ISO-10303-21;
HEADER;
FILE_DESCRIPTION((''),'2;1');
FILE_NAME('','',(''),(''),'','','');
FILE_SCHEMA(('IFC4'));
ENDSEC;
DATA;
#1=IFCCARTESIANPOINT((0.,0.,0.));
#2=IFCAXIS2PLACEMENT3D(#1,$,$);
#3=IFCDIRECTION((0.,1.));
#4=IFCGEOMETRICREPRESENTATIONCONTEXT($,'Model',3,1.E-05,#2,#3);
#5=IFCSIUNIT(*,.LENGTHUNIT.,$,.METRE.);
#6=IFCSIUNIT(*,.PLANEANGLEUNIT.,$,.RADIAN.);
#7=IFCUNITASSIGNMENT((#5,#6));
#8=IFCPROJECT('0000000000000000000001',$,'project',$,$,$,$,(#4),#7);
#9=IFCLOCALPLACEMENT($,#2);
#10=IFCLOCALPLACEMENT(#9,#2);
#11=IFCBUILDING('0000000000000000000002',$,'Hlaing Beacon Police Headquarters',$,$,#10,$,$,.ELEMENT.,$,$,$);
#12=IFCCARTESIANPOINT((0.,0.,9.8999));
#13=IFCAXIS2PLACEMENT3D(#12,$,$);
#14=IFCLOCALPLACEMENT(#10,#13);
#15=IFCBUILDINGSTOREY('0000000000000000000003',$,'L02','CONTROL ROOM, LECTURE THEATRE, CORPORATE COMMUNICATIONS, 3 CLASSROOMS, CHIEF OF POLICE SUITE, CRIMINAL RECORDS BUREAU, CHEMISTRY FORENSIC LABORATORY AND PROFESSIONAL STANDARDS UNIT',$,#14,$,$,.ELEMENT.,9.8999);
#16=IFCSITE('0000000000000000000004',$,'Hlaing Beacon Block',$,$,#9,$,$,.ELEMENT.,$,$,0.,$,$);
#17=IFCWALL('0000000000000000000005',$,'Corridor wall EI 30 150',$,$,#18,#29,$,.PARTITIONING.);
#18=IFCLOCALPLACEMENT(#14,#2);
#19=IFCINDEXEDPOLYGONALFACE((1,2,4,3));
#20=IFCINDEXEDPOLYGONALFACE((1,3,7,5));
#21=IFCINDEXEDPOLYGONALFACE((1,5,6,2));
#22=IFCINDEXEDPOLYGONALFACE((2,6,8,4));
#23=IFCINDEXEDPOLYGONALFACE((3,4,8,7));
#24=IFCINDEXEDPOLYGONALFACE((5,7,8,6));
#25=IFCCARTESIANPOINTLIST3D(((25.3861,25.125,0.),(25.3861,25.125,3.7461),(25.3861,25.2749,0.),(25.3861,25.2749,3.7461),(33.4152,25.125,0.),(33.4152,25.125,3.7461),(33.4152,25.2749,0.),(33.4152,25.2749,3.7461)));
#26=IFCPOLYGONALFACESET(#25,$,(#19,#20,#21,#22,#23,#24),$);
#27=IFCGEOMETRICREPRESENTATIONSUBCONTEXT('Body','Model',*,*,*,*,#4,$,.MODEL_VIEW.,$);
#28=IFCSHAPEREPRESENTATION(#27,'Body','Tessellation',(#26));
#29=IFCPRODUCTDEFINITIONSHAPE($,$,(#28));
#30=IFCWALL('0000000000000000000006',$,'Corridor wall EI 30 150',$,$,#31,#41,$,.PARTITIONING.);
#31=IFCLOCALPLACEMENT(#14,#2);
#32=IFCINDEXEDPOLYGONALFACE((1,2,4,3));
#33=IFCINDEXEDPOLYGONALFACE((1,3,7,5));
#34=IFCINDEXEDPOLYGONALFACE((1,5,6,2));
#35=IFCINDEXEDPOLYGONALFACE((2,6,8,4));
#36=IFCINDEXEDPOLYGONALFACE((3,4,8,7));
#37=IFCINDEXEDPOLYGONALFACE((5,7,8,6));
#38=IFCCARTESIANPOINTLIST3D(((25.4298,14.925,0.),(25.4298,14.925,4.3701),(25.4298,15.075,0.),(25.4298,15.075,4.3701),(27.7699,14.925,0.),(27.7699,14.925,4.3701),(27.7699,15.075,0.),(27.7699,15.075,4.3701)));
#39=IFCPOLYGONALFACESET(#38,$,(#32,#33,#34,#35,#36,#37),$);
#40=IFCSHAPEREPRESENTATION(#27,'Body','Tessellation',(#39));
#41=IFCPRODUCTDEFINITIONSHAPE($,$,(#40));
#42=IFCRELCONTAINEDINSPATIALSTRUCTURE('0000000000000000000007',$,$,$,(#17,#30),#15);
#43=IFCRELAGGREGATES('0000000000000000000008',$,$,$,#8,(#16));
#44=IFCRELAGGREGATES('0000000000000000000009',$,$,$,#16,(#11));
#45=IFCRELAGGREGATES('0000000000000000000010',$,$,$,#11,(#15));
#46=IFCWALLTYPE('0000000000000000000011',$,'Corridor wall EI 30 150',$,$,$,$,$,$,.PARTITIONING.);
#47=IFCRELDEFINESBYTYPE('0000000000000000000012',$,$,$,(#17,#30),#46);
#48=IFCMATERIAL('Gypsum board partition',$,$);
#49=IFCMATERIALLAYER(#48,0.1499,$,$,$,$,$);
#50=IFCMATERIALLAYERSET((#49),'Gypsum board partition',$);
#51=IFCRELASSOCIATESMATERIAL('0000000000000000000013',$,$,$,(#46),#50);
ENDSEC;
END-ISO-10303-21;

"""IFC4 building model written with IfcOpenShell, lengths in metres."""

from ifc_helpers import new_model, si_unit, direction, frame, frame_2d, origin, place, context, subcontext, project, spatial, rectangle, extrude, material, layer, layer_set, type_object, element, save


model = new_model("IFC4")

# Units and contexts
model_context = context("Model", 3, precision=1e-05, world=origin(), true_north=direction((0.0, 1.0)))
body_context = subcontext(model_context, "Body", "Model", "MODEL_VIEW")
ifc_project = project(units=[si_unit("LENGTHUNIT", "METRE"), si_unit("PLANEANGLEUNIT", "RADIAN")], contexts=[model_context])

# Site, building, storey
site_placement = place(None, origin())
site = spatial("IfcSite", under=ifc_project, at=site_placement, Name="Hlaing Beacon Block", CompositionType="ELEMENT", RefElevation=0.0)
building_placement = place(site_placement, origin())
building = spatial("IfcBuilding", under=site, at=building_placement, Name="Hlaing Beacon Police Headquarters", CompositionType="ELEMENT")
storey_placement = place(building_placement, frame((0.0, 0.0, 9.8999)))
storey = spatial("IfcBuildingStorey", under=building, at=storey_placement, Name="L02", Description="CONTROL ROOM, LECTURE THEATRE, CORPORATE COMMUNICATIONS, 3 CLASSROOMS, CHIEF OF POLICE SUITE, CRIMINAL RECORDS BUREAU, CHEMISTRY FORENSIC LABORATORY AND PROFESSIONAL STANDARDS UNIT", CompositionType="ELEMENT", Elevation=9.8999)

# Shared definitions
ifc_material_1 = material(Name="Gypsum board partition")
ifc_layer_1 = layer(ifc_material_1, 0.1499)
ifc_layer_set_1 = layer_set([ifc_layer_1], Name="Gypsum board partition")
wall_type_1 = type_object("IfcWallType", Name="Corridor wall EI 30 150", PredefinedType="PARTITIONING", material=ifc_layer_set_1)

# Walls
wall_1_placement = place(storey_placement, frame((25.386, 25.2, 0.0), z_axis=(0.0, 0.0, 1.0), x_axis=(1.0, 0.0, 0.0)))
element("IfcWall", 1, at=wall_1_placement, inside=storey, type_object=wall_type_1, Name="Corridor wall EI 30 150", PredefinedType="PARTITIONING", context=body_context, shape_type="SweptSolid", body=[
    extrude(rectangle(XDim=8.0291, YDim=0.1499, at=frame_2d((4.0146, 0.0))), origin(), (0.0, 0.0, 1.0), 3.7461),
])
wall_2_placement = place(storey_placement, frame((25.4299, 15.0, 0.0), z_axis=(0.0, 0.0, 1.0), x_axis=(1.0, 0.0, 0.0)))
element("IfcWall", 2, at=wall_2_placement, inside=storey, type_object=wall_type_1, Name="Corridor wall EI 30 150", PredefinedType="PARTITIONING", context=body_context, shape_type="SweptSolid", body=[
    extrude(rectangle(XDim=2.3401, YDim=0.1499, at=frame_2d((1.1699, 0.0))), origin(), (0.0, 0.0, 1.0), 4.3701),
])

save(model, "model.ifc")
